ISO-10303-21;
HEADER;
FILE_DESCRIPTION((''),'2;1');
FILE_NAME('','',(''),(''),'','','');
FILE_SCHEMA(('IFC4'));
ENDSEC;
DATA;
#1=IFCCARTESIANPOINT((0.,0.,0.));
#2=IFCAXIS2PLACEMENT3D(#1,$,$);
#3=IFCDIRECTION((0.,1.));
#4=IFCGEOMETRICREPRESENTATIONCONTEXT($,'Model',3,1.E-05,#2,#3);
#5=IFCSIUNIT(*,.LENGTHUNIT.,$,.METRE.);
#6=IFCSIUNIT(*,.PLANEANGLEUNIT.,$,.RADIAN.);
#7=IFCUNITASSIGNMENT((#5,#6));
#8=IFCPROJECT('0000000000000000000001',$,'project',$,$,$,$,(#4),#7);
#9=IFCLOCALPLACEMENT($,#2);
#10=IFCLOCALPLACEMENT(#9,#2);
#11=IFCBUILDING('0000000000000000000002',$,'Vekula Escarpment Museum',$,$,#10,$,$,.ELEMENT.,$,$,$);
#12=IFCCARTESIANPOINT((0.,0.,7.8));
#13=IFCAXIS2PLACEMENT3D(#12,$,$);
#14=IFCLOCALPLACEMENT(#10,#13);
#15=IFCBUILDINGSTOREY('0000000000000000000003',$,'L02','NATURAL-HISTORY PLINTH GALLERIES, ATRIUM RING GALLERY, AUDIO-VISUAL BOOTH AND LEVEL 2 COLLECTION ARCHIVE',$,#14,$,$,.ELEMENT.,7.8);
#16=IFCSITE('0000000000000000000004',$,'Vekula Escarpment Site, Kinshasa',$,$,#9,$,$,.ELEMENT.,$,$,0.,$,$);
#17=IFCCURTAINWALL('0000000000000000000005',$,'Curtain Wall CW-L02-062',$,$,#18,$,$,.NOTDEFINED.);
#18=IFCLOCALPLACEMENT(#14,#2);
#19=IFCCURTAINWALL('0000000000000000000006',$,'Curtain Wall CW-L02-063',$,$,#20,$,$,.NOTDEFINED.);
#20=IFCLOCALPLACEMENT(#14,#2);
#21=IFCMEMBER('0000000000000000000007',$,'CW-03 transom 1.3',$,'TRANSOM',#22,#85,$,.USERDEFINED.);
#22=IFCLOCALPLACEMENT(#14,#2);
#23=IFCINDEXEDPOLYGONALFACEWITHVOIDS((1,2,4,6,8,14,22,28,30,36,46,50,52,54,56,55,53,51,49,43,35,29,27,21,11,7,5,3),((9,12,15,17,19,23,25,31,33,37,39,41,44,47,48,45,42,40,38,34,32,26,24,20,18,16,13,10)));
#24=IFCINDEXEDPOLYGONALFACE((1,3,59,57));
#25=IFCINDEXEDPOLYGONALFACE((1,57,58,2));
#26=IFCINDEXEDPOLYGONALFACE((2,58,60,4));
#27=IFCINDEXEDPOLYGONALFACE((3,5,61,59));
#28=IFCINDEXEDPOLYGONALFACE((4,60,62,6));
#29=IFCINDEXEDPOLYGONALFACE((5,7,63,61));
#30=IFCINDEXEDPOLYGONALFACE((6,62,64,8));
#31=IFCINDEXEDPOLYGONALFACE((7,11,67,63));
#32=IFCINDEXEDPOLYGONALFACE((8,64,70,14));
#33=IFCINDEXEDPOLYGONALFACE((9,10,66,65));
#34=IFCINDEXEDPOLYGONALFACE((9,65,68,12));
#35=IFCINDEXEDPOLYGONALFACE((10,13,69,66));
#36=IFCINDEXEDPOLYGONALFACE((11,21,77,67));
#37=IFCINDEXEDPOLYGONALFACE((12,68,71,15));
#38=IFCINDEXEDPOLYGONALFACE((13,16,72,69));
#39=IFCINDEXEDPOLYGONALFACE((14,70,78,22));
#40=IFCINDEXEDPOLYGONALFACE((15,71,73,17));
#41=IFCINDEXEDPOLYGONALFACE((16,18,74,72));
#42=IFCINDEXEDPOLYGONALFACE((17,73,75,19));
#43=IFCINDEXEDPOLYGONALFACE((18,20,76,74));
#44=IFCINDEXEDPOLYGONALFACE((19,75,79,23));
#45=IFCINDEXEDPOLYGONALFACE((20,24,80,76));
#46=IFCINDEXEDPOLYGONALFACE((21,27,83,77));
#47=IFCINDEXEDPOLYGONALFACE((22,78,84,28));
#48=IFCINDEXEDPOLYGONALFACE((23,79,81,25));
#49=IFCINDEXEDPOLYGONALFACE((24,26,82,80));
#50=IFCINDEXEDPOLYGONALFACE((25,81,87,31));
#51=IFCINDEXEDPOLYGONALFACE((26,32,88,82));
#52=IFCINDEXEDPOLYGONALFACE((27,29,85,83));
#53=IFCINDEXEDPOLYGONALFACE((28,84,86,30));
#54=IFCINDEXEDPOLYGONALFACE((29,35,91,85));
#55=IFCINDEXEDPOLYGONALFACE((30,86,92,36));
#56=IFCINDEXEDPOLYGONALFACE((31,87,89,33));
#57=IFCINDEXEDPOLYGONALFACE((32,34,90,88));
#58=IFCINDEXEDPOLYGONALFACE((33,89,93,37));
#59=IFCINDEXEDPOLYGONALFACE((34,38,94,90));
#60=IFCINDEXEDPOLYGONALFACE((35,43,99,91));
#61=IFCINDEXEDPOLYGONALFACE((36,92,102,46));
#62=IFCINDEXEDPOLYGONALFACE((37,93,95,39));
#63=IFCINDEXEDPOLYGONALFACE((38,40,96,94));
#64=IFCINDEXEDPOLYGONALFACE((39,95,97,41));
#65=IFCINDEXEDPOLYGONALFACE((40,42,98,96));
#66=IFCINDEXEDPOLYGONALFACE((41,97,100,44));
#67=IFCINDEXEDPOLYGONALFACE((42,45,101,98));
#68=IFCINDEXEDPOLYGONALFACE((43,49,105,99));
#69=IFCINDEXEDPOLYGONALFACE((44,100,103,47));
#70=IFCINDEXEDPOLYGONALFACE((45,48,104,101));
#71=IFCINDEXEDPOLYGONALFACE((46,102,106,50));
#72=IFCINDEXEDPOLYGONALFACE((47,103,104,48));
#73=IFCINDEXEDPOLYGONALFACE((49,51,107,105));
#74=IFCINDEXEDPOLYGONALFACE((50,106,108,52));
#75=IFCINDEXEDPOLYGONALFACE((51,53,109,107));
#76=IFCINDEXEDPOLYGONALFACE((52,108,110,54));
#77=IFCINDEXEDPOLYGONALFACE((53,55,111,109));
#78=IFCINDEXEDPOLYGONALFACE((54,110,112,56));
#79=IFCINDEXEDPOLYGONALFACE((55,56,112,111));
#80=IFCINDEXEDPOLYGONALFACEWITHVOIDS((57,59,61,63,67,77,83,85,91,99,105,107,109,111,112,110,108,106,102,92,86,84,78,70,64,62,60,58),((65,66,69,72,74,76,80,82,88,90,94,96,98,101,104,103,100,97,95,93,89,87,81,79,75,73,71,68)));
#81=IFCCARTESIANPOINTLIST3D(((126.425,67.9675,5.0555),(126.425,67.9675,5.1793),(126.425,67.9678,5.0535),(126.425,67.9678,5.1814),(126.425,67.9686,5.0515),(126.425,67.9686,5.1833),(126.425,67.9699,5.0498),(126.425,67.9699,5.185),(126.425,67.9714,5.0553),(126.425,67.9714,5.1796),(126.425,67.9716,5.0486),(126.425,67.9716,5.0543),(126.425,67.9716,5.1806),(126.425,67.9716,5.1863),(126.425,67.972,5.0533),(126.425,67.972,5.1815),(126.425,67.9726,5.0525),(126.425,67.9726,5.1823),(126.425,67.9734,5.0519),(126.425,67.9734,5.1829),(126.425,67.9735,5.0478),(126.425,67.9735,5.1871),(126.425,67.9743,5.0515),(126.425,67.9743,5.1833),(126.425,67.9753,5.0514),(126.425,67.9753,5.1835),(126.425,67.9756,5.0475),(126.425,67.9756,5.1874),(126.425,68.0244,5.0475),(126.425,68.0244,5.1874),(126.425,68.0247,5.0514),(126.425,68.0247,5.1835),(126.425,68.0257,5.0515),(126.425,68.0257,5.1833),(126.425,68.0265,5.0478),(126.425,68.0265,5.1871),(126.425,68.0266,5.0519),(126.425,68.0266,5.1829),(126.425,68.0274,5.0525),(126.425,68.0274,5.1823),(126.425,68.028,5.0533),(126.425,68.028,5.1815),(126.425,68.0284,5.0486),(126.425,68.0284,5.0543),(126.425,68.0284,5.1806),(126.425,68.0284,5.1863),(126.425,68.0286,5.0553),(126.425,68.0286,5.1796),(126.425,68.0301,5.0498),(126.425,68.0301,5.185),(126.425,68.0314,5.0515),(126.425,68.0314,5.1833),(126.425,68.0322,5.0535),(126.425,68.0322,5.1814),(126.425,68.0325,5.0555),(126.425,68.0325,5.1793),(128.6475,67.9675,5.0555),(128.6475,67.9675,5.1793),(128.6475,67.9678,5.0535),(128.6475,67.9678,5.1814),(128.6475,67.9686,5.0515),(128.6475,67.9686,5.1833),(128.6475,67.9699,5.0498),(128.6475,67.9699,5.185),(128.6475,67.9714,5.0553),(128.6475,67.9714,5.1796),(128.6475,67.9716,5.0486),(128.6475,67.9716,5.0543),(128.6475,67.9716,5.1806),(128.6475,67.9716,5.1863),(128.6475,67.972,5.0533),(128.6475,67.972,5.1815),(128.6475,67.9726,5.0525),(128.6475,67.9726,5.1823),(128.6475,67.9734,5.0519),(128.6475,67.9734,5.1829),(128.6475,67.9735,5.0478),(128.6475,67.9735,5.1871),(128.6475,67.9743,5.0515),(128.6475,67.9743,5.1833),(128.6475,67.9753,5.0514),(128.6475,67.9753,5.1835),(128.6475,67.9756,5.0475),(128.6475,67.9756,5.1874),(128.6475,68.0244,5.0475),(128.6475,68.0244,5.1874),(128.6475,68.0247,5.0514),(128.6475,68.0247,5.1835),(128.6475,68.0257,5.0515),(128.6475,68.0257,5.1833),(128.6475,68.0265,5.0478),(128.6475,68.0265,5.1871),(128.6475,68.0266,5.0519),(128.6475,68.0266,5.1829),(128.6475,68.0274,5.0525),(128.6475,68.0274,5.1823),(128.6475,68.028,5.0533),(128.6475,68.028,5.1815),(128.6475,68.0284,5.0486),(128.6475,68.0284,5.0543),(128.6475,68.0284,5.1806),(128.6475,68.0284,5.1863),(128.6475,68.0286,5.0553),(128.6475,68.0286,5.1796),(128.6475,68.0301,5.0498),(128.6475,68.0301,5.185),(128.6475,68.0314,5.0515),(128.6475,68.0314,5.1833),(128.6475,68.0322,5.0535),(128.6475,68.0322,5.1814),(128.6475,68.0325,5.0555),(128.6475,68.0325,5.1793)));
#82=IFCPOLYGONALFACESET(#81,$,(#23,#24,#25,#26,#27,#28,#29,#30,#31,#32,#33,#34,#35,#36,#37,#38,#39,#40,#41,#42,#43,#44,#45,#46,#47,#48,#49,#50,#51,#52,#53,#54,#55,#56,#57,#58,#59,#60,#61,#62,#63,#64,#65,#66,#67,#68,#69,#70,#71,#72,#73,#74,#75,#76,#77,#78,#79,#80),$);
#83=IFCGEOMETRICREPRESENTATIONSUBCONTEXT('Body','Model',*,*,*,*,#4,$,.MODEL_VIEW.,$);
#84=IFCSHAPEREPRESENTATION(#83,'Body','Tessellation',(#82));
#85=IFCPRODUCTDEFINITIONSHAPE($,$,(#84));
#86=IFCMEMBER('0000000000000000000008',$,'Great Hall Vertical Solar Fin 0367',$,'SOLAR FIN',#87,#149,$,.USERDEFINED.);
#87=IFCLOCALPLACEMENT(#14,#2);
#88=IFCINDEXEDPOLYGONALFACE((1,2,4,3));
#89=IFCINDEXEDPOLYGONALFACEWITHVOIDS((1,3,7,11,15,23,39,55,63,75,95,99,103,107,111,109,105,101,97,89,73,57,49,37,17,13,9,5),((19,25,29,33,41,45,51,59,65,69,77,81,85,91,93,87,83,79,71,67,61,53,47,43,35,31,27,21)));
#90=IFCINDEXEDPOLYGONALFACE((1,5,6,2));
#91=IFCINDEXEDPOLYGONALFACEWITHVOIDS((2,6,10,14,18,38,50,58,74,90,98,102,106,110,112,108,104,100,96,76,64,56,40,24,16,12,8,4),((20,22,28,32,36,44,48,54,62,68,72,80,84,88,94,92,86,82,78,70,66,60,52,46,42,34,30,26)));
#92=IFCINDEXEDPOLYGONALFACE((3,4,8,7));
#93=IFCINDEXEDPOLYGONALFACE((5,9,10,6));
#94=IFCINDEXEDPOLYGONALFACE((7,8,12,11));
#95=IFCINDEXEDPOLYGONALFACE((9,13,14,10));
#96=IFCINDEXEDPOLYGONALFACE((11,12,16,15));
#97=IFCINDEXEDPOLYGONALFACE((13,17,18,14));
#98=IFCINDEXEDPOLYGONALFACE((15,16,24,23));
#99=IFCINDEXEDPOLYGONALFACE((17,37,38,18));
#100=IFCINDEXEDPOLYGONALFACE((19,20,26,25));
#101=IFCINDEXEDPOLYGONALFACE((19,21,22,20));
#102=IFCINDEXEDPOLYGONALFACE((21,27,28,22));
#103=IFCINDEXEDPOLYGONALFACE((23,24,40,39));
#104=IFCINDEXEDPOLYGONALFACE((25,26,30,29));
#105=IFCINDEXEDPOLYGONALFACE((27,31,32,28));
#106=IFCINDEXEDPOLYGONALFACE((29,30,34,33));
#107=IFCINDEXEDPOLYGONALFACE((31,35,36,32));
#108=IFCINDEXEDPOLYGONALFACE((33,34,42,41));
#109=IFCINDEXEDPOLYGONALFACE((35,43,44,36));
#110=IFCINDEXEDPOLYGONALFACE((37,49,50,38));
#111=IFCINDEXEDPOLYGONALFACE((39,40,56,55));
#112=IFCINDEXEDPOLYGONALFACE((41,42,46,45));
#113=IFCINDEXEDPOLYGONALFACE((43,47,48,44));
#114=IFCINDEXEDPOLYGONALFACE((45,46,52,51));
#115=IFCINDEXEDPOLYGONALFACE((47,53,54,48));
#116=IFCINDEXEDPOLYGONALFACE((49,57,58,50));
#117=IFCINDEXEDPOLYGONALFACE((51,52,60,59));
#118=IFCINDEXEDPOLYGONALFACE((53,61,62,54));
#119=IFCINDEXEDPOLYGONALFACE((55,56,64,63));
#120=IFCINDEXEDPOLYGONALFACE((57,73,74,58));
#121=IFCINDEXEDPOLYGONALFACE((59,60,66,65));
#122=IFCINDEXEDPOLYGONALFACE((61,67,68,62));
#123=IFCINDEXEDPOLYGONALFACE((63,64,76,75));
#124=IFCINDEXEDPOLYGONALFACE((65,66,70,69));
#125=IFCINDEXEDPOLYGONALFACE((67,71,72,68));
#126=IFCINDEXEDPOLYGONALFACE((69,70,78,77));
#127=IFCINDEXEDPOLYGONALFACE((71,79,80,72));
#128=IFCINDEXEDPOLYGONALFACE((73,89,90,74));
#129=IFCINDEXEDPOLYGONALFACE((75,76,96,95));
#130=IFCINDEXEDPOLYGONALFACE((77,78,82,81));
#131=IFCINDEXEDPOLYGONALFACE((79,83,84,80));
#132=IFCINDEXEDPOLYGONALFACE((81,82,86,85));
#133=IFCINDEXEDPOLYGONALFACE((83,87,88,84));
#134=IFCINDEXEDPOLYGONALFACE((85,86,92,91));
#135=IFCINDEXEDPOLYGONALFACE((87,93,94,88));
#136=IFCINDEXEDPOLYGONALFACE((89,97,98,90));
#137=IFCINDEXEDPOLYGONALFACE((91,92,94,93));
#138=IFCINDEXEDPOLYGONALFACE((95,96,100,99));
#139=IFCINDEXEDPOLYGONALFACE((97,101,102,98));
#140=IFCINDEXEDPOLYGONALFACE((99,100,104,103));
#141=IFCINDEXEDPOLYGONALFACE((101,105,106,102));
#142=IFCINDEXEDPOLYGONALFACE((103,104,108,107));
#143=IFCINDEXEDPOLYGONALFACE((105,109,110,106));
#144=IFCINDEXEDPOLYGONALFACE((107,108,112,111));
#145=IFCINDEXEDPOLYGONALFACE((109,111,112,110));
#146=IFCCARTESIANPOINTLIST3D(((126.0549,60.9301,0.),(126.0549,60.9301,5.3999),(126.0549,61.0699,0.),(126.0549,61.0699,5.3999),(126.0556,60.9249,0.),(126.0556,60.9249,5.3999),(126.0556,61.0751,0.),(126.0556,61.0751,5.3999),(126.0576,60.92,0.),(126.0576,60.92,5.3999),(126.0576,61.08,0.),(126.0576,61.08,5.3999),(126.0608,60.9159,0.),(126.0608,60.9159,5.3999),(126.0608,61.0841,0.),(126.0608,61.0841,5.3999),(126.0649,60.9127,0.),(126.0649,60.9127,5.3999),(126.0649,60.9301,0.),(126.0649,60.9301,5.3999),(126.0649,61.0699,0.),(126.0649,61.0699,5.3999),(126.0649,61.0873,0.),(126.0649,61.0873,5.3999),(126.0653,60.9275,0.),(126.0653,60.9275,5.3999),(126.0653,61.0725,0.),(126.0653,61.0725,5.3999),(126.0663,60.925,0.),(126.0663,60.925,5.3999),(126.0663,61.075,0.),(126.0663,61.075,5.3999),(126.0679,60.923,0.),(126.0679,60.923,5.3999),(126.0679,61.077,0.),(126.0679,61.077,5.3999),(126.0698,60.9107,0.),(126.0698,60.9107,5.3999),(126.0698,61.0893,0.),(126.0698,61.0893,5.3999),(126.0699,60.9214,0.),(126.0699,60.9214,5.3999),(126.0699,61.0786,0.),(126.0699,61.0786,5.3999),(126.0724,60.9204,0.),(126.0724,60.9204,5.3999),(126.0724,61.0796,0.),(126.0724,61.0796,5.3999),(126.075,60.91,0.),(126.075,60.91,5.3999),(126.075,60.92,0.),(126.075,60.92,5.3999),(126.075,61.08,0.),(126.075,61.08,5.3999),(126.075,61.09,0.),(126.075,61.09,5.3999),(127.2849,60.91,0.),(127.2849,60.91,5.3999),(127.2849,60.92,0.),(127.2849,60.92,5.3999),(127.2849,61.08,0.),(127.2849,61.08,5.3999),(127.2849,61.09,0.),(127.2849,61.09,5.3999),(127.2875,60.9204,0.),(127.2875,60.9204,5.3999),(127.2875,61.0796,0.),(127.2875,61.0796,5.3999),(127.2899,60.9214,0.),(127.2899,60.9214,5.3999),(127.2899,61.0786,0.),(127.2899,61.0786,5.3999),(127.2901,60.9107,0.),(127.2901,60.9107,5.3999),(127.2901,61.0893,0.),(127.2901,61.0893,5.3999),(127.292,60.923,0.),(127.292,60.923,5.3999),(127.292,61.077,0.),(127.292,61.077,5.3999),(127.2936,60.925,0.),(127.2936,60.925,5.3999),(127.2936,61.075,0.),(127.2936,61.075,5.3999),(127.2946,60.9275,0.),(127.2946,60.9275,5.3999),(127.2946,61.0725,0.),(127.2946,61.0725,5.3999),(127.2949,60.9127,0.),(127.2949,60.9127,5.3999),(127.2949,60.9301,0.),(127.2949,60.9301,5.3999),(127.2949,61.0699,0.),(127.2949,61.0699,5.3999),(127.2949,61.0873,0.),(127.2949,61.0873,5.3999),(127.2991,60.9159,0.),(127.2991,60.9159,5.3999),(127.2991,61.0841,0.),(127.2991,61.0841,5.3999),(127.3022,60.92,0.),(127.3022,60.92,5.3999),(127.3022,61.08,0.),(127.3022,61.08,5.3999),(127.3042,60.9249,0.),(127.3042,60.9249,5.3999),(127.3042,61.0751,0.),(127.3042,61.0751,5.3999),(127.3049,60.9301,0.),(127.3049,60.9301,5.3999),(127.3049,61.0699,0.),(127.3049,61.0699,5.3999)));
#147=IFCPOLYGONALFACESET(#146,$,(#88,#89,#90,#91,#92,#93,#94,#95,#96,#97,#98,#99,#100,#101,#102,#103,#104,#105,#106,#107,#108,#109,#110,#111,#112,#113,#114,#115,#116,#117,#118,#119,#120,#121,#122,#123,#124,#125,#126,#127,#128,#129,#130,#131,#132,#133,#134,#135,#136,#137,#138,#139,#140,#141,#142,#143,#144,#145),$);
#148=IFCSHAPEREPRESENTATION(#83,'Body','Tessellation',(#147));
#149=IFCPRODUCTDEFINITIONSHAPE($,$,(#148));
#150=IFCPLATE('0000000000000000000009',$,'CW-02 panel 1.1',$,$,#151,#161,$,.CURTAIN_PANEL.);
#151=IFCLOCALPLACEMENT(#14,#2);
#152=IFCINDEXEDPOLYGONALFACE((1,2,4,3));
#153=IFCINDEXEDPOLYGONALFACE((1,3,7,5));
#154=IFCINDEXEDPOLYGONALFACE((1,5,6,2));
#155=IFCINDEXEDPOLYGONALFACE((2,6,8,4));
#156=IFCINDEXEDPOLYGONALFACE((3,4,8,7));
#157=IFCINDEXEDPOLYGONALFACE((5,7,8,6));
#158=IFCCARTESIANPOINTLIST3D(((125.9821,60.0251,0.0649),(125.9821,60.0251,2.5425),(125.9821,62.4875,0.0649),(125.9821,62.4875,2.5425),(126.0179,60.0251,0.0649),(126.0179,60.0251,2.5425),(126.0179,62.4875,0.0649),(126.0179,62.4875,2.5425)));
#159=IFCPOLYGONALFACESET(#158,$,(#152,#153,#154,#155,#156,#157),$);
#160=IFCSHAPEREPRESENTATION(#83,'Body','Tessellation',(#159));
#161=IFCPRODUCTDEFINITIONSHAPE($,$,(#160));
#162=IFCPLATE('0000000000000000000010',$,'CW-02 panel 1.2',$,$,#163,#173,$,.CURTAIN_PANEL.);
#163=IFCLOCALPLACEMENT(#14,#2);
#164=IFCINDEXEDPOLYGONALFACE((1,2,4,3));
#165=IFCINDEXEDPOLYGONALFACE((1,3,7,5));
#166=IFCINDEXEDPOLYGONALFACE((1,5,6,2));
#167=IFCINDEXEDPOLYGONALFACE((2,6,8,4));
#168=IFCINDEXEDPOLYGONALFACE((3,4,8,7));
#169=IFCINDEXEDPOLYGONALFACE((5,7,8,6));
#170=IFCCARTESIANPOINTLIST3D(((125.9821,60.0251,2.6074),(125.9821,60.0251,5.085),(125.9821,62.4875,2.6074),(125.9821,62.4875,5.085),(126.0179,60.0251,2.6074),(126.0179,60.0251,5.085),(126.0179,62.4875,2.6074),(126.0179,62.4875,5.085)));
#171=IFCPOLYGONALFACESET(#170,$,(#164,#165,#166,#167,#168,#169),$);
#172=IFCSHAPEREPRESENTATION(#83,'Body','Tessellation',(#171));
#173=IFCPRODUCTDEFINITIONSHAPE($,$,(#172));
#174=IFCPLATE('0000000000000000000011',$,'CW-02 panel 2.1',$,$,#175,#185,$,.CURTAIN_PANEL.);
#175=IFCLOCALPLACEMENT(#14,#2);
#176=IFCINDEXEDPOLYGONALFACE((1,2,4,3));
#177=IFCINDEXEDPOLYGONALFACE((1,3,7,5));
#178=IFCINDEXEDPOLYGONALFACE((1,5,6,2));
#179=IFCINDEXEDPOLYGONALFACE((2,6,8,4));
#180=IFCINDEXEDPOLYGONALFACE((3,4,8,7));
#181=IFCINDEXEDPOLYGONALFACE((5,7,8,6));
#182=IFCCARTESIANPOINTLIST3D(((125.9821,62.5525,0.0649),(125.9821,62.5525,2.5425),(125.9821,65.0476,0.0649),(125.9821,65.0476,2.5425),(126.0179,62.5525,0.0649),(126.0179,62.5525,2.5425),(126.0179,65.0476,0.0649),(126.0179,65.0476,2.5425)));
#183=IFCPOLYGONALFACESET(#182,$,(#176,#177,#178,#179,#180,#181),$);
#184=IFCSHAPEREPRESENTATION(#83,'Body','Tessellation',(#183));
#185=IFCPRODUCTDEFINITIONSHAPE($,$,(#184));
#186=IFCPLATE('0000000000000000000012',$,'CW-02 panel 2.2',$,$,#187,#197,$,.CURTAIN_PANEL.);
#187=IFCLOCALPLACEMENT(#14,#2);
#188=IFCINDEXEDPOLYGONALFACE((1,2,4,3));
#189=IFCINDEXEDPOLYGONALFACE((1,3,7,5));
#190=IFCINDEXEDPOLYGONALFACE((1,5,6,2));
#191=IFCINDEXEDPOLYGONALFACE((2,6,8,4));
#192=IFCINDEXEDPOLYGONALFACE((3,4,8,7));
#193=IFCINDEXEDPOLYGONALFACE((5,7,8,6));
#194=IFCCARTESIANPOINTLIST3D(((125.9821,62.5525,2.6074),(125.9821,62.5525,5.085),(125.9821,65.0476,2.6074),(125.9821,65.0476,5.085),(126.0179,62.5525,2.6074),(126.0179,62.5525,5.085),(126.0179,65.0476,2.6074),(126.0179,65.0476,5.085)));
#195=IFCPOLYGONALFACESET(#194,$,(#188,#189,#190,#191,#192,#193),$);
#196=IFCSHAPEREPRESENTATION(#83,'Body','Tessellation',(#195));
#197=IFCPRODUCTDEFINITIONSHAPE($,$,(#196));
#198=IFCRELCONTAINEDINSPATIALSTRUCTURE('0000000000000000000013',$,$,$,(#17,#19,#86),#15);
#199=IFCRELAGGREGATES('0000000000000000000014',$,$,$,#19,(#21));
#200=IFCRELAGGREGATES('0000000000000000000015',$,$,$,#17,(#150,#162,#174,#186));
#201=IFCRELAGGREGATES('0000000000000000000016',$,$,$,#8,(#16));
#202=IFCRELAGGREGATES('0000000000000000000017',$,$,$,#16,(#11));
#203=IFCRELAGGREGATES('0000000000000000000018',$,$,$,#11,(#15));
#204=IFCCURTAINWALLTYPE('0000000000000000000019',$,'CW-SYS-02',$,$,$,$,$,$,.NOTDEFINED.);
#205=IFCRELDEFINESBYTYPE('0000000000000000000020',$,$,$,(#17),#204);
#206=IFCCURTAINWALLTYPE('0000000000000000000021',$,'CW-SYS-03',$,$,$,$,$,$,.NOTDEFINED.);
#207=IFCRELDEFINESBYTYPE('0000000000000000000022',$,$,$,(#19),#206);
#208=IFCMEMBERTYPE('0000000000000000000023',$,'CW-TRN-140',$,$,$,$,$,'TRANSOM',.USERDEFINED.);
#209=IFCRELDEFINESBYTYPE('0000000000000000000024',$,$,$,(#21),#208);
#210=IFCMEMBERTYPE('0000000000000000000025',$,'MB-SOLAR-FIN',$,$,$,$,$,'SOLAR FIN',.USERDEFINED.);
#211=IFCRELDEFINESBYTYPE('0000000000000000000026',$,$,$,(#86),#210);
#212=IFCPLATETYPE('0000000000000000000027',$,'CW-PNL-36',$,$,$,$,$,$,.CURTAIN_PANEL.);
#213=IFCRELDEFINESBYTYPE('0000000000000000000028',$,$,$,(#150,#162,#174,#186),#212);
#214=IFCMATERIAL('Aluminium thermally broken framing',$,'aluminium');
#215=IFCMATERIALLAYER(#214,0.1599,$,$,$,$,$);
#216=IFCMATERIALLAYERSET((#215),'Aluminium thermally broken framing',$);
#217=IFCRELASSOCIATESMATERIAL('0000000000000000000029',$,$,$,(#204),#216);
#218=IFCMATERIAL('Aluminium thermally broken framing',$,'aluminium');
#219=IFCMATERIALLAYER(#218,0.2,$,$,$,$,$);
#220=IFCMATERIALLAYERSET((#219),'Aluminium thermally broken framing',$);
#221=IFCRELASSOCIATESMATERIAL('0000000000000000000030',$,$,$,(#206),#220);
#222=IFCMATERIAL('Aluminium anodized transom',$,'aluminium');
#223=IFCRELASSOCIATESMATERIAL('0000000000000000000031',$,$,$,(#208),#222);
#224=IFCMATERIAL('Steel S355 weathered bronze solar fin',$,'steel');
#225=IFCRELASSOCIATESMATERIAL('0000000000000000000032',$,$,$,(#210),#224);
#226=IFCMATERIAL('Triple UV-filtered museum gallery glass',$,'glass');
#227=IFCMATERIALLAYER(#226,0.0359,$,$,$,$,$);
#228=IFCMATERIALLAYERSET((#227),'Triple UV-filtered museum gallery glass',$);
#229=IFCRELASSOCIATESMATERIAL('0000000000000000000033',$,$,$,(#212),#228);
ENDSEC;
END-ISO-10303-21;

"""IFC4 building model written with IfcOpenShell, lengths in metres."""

from ifc_helpers import new_model, si_unit, direction, frame, origin, origin_2d, place, context, subcontext, project, spatial, rectangle, hollow_rectangle, extrude, material, layer, layer_set, material_profile, profile_set, type_object, element, aggregate, save


model = new_model("IFC4")

# Units and contexts
model_context = context("Model", 3, precision=1e-05, world=origin(), true_north=direction((0.0, 1.0)))
body_context = subcontext(model_context, "Body", "Model", "MODEL_VIEW")
ifc_project = project(units=[si_unit("LENGTHUNIT", "METRE"), si_unit("PLANEANGLEUNIT", "RADIAN")], contexts=[model_context])

# Site, building, storey
site_placement = place(None, origin())
site = spatial("IfcSite", under=ifc_project, at=site_placement, Name="Vekula Escarpment Site, Kinshasa", CompositionType="ELEMENT", RefElevation=0.0)
building_placement = place(site_placement, origin())
building = spatial("IfcBuilding", under=site, at=building_placement, Name="Vekula Escarpment Museum", CompositionType="ELEMENT")
storey_placement = place(building_placement, frame((0.0, 0.0, 7.8)))
storey = spatial("IfcBuildingStorey", under=building, at=storey_placement, Name="L02", Description="NATURAL-HISTORY PLINTH GALLERIES, ATRIUM RING GALLERY, AUDIO-VISUAL BOOTH AND LEVEL 2 COLLECTION ARCHIVE", CompositionType="ELEMENT", Elevation=7.8)

# Curtain wall
ifc_material_1 = material(Name="Aluminium thermally broken framing", Category="aluminium")
ifc_layer_1 = layer(ifc_material_1, 0.1599)
ifc_layer_set_1 = layer_set([ifc_layer_1], Name="Aluminium thermally broken framing")
curtain_wall_type_1 = type_object("IfcCurtainWallType", Name="CW-SYS-02", PredefinedType="NOTDEFINED", material=ifc_layer_set_1)
curtain_wall_1_placement = place(storey_placement, origin())
curtain_wall_1 = element("IfcCurtainWall", 1, at=curtain_wall_1_placement, inside=storey, type_object=curtain_wall_type_1, Name="Curtain Wall CW-L02-062", PredefinedType="NOTDEFINED")

# Curtain wall
ifc_material_2 = material(Name="Aluminium thermally broken framing", Category="aluminium")
ifc_layer_2 = layer(ifc_material_2, 0.2)
ifc_layer_set_2 = layer_set([ifc_layer_2], Name="Aluminium thermally broken framing")
curtain_wall_type_2 = type_object("IfcCurtainWallType", Name="CW-SYS-03", PredefinedType="NOTDEFINED", material=ifc_layer_set_2)
curtain_wall_2_placement = place(storey_placement, origin())
curtain_wall_2 = element("IfcCurtainWall", 2, at=curtain_wall_2_placement, inside=storey, type_object=curtain_wall_type_2, Name="Curtain Wall CW-L02-063", PredefinedType="NOTDEFINED")

# Members
ifc_material_3 = material(Name="Aluminium anodized transom", Category="aluminium")
ifc_material_profile_1 = material_profile(ifc_material_3, hollow_rectangle(XDim=0.0649, YDim=0.1399, WallThickness=0.0039, InnerFilletRadius=0.0039, OuterFilletRadius=0.0081, at=origin_2d()), Name="ALU 140x65x4")
ifc_profile_set_1 = profile_set([ifc_material_profile_1], Name="Aluminium anodized transom")
member_type_1 = type_object("IfcMemberType", Name="CW-TRN-140", ElementType="TRANSOM", PredefinedType="USERDEFINED", material=ifc_profile_set_1)
member_1_placement = place(storey_placement, frame((126.425, 68.0, 5.1174), z_axis=(1.0, 0.0, 0.0), x_axis=(0.0, 1.0, 0.0)))
member_1 = element("IfcMember", 3, at=member_1_placement, type_object=member_type_1, Name="CW-03 transom 1.3", ObjectType="TRANSOM", PredefinedType="USERDEFINED", context=body_context, shape_type="SweptSolid", body=[
    extrude(hollow_rectangle(XDim=0.0649, YDim=0.1399, WallThickness=0.0039, InnerFilletRadius=0.0039, OuterFilletRadius=0.0081, at=origin_2d()), origin(), (0.0, 0.0, 1.0), 2.2224),
])
aggregate(curtain_wall_2, [member_1])
ifc_material_4 = material(Name="Steel S355 weathered bronze solar fin", Category="steel")
ifc_material_profile_2 = material_profile(ifc_material_4, hollow_rectangle(XDim=0.1799, YDim=1.25, WallThickness=0.01, InnerFilletRadius=0.01, OuterFilletRadius=0.02, at=origin_2d()), Name="RHS 1250x180x10")
ifc_profile_set_2 = profile_set([ifc_material_profile_2], Name="Steel S355 weathered bronze solar fin")
member_type_2 = type_object("IfcMemberType", Name="MB-SOLAR-FIN", ElementType="SOLAR FIN", PredefinedType="USERDEFINED", material=ifc_profile_set_2)
member_2_placement = place(storey_placement, frame((126.6799, 61.0, 0.0), z_axis=(0.0, 0.0, 1.0), x_axis=(0.0, 1.0, 0.0)))
element("IfcMember", 4, at=member_2_placement, inside=storey, type_object=member_type_2, Name="Great Hall Vertical Solar Fin 0367", ObjectType="SOLAR FIN", PredefinedType="USERDEFINED", context=body_context, shape_type="SweptSolid", body=[
    extrude(hollow_rectangle(XDim=0.1799, YDim=1.25, WallThickness=0.01, InnerFilletRadius=0.01, OuterFilletRadius=0.02, at=origin_2d()), origin(), (0.0, 0.0, 1.0), 5.3999),
])

# Plates
ifc_material_5 = material(Name="Triple UV-filtered museum gallery glass", Category="glass")
ifc_layer_3 = layer(ifc_material_5, 0.0359)
ifc_layer_set_3 = layer_set([ifc_layer_3], Name="Triple UV-filtered museum gallery glass")
plate_type = type_object("IfcPlateType", Name="CW-PNL-36", PredefinedType="CURTAIN_PANEL", material=ifc_layer_set_3)
plate_1_placement = place(storey_placement, frame((126.0, 61.2563, 0.0649), z_axis=(0.0, 0.0, 1.0), x_axis=(0.0, 1.0, 0.0)))
plate_1 = element("IfcPlate", 5, at=plate_1_placement, type_object=plate_type, Name="CW-02 panel 1.1", PredefinedType="CURTAIN_PANEL", context=body_context, shape_type="SweptSolid", body=[
    extrude(rectangle(XDim=2.4624, YDim=0.0359, at=origin_2d()), origin(), (0.0, 0.0, 1.0), 2.4775),
])
plate_2_placement = place(storey_placement, frame((126.0, 61.2563, 2.6074), z_axis=(0.0, 0.0, 1.0), x_axis=(0.0, 1.0, 0.0)))
plate_2 = element("IfcPlate", 6, at=plate_2_placement, type_object=plate_type, Name="CW-02 panel 1.2", PredefinedType="CURTAIN_PANEL", context=body_context, shape_type="SweptSolid", body=[
    extrude(rectangle(XDim=2.4624, YDim=0.0359, at=origin_2d()), origin(), (0.0, 0.0, 1.0), 2.4775),
])
plate_3_placement = place(storey_placement, frame((126.0, 63.8, 0.0649), z_axis=(0.0, 0.0, 1.0), x_axis=(0.0, 1.0, 0.0)))
plate_3 = element("IfcPlate", 7, at=plate_3_placement, type_object=plate_type, Name="CW-02 panel 2.1", PredefinedType="CURTAIN_PANEL", context=body_context, shape_type="SweptSolid", body=[
    extrude(rectangle(XDim=2.4951, YDim=0.0359, at=origin_2d()), origin(), (0.0, 0.0, 1.0), 2.4775),
])
plate_4_placement = place(storey_placement, frame((126.0, 63.8, 2.6074), z_axis=(0.0, 0.0, 1.0), x_axis=(0.0, 1.0, 0.0)))
plate_4 = element("IfcPlate", 8, at=plate_4_placement, type_object=plate_type, Name="CW-02 panel 2.2", PredefinedType="CURTAIN_PANEL", context=body_context, shape_type="SweptSolid", body=[
    extrude(rectangle(XDim=2.4951, YDim=0.0359, at=origin_2d()), origin(), (0.0, 0.0, 1.0), 2.4775),
])
aggregate(curtain_wall_1, [plate_1, plate_2, plate_3, plate_4])

save(model, "model.ifc")
